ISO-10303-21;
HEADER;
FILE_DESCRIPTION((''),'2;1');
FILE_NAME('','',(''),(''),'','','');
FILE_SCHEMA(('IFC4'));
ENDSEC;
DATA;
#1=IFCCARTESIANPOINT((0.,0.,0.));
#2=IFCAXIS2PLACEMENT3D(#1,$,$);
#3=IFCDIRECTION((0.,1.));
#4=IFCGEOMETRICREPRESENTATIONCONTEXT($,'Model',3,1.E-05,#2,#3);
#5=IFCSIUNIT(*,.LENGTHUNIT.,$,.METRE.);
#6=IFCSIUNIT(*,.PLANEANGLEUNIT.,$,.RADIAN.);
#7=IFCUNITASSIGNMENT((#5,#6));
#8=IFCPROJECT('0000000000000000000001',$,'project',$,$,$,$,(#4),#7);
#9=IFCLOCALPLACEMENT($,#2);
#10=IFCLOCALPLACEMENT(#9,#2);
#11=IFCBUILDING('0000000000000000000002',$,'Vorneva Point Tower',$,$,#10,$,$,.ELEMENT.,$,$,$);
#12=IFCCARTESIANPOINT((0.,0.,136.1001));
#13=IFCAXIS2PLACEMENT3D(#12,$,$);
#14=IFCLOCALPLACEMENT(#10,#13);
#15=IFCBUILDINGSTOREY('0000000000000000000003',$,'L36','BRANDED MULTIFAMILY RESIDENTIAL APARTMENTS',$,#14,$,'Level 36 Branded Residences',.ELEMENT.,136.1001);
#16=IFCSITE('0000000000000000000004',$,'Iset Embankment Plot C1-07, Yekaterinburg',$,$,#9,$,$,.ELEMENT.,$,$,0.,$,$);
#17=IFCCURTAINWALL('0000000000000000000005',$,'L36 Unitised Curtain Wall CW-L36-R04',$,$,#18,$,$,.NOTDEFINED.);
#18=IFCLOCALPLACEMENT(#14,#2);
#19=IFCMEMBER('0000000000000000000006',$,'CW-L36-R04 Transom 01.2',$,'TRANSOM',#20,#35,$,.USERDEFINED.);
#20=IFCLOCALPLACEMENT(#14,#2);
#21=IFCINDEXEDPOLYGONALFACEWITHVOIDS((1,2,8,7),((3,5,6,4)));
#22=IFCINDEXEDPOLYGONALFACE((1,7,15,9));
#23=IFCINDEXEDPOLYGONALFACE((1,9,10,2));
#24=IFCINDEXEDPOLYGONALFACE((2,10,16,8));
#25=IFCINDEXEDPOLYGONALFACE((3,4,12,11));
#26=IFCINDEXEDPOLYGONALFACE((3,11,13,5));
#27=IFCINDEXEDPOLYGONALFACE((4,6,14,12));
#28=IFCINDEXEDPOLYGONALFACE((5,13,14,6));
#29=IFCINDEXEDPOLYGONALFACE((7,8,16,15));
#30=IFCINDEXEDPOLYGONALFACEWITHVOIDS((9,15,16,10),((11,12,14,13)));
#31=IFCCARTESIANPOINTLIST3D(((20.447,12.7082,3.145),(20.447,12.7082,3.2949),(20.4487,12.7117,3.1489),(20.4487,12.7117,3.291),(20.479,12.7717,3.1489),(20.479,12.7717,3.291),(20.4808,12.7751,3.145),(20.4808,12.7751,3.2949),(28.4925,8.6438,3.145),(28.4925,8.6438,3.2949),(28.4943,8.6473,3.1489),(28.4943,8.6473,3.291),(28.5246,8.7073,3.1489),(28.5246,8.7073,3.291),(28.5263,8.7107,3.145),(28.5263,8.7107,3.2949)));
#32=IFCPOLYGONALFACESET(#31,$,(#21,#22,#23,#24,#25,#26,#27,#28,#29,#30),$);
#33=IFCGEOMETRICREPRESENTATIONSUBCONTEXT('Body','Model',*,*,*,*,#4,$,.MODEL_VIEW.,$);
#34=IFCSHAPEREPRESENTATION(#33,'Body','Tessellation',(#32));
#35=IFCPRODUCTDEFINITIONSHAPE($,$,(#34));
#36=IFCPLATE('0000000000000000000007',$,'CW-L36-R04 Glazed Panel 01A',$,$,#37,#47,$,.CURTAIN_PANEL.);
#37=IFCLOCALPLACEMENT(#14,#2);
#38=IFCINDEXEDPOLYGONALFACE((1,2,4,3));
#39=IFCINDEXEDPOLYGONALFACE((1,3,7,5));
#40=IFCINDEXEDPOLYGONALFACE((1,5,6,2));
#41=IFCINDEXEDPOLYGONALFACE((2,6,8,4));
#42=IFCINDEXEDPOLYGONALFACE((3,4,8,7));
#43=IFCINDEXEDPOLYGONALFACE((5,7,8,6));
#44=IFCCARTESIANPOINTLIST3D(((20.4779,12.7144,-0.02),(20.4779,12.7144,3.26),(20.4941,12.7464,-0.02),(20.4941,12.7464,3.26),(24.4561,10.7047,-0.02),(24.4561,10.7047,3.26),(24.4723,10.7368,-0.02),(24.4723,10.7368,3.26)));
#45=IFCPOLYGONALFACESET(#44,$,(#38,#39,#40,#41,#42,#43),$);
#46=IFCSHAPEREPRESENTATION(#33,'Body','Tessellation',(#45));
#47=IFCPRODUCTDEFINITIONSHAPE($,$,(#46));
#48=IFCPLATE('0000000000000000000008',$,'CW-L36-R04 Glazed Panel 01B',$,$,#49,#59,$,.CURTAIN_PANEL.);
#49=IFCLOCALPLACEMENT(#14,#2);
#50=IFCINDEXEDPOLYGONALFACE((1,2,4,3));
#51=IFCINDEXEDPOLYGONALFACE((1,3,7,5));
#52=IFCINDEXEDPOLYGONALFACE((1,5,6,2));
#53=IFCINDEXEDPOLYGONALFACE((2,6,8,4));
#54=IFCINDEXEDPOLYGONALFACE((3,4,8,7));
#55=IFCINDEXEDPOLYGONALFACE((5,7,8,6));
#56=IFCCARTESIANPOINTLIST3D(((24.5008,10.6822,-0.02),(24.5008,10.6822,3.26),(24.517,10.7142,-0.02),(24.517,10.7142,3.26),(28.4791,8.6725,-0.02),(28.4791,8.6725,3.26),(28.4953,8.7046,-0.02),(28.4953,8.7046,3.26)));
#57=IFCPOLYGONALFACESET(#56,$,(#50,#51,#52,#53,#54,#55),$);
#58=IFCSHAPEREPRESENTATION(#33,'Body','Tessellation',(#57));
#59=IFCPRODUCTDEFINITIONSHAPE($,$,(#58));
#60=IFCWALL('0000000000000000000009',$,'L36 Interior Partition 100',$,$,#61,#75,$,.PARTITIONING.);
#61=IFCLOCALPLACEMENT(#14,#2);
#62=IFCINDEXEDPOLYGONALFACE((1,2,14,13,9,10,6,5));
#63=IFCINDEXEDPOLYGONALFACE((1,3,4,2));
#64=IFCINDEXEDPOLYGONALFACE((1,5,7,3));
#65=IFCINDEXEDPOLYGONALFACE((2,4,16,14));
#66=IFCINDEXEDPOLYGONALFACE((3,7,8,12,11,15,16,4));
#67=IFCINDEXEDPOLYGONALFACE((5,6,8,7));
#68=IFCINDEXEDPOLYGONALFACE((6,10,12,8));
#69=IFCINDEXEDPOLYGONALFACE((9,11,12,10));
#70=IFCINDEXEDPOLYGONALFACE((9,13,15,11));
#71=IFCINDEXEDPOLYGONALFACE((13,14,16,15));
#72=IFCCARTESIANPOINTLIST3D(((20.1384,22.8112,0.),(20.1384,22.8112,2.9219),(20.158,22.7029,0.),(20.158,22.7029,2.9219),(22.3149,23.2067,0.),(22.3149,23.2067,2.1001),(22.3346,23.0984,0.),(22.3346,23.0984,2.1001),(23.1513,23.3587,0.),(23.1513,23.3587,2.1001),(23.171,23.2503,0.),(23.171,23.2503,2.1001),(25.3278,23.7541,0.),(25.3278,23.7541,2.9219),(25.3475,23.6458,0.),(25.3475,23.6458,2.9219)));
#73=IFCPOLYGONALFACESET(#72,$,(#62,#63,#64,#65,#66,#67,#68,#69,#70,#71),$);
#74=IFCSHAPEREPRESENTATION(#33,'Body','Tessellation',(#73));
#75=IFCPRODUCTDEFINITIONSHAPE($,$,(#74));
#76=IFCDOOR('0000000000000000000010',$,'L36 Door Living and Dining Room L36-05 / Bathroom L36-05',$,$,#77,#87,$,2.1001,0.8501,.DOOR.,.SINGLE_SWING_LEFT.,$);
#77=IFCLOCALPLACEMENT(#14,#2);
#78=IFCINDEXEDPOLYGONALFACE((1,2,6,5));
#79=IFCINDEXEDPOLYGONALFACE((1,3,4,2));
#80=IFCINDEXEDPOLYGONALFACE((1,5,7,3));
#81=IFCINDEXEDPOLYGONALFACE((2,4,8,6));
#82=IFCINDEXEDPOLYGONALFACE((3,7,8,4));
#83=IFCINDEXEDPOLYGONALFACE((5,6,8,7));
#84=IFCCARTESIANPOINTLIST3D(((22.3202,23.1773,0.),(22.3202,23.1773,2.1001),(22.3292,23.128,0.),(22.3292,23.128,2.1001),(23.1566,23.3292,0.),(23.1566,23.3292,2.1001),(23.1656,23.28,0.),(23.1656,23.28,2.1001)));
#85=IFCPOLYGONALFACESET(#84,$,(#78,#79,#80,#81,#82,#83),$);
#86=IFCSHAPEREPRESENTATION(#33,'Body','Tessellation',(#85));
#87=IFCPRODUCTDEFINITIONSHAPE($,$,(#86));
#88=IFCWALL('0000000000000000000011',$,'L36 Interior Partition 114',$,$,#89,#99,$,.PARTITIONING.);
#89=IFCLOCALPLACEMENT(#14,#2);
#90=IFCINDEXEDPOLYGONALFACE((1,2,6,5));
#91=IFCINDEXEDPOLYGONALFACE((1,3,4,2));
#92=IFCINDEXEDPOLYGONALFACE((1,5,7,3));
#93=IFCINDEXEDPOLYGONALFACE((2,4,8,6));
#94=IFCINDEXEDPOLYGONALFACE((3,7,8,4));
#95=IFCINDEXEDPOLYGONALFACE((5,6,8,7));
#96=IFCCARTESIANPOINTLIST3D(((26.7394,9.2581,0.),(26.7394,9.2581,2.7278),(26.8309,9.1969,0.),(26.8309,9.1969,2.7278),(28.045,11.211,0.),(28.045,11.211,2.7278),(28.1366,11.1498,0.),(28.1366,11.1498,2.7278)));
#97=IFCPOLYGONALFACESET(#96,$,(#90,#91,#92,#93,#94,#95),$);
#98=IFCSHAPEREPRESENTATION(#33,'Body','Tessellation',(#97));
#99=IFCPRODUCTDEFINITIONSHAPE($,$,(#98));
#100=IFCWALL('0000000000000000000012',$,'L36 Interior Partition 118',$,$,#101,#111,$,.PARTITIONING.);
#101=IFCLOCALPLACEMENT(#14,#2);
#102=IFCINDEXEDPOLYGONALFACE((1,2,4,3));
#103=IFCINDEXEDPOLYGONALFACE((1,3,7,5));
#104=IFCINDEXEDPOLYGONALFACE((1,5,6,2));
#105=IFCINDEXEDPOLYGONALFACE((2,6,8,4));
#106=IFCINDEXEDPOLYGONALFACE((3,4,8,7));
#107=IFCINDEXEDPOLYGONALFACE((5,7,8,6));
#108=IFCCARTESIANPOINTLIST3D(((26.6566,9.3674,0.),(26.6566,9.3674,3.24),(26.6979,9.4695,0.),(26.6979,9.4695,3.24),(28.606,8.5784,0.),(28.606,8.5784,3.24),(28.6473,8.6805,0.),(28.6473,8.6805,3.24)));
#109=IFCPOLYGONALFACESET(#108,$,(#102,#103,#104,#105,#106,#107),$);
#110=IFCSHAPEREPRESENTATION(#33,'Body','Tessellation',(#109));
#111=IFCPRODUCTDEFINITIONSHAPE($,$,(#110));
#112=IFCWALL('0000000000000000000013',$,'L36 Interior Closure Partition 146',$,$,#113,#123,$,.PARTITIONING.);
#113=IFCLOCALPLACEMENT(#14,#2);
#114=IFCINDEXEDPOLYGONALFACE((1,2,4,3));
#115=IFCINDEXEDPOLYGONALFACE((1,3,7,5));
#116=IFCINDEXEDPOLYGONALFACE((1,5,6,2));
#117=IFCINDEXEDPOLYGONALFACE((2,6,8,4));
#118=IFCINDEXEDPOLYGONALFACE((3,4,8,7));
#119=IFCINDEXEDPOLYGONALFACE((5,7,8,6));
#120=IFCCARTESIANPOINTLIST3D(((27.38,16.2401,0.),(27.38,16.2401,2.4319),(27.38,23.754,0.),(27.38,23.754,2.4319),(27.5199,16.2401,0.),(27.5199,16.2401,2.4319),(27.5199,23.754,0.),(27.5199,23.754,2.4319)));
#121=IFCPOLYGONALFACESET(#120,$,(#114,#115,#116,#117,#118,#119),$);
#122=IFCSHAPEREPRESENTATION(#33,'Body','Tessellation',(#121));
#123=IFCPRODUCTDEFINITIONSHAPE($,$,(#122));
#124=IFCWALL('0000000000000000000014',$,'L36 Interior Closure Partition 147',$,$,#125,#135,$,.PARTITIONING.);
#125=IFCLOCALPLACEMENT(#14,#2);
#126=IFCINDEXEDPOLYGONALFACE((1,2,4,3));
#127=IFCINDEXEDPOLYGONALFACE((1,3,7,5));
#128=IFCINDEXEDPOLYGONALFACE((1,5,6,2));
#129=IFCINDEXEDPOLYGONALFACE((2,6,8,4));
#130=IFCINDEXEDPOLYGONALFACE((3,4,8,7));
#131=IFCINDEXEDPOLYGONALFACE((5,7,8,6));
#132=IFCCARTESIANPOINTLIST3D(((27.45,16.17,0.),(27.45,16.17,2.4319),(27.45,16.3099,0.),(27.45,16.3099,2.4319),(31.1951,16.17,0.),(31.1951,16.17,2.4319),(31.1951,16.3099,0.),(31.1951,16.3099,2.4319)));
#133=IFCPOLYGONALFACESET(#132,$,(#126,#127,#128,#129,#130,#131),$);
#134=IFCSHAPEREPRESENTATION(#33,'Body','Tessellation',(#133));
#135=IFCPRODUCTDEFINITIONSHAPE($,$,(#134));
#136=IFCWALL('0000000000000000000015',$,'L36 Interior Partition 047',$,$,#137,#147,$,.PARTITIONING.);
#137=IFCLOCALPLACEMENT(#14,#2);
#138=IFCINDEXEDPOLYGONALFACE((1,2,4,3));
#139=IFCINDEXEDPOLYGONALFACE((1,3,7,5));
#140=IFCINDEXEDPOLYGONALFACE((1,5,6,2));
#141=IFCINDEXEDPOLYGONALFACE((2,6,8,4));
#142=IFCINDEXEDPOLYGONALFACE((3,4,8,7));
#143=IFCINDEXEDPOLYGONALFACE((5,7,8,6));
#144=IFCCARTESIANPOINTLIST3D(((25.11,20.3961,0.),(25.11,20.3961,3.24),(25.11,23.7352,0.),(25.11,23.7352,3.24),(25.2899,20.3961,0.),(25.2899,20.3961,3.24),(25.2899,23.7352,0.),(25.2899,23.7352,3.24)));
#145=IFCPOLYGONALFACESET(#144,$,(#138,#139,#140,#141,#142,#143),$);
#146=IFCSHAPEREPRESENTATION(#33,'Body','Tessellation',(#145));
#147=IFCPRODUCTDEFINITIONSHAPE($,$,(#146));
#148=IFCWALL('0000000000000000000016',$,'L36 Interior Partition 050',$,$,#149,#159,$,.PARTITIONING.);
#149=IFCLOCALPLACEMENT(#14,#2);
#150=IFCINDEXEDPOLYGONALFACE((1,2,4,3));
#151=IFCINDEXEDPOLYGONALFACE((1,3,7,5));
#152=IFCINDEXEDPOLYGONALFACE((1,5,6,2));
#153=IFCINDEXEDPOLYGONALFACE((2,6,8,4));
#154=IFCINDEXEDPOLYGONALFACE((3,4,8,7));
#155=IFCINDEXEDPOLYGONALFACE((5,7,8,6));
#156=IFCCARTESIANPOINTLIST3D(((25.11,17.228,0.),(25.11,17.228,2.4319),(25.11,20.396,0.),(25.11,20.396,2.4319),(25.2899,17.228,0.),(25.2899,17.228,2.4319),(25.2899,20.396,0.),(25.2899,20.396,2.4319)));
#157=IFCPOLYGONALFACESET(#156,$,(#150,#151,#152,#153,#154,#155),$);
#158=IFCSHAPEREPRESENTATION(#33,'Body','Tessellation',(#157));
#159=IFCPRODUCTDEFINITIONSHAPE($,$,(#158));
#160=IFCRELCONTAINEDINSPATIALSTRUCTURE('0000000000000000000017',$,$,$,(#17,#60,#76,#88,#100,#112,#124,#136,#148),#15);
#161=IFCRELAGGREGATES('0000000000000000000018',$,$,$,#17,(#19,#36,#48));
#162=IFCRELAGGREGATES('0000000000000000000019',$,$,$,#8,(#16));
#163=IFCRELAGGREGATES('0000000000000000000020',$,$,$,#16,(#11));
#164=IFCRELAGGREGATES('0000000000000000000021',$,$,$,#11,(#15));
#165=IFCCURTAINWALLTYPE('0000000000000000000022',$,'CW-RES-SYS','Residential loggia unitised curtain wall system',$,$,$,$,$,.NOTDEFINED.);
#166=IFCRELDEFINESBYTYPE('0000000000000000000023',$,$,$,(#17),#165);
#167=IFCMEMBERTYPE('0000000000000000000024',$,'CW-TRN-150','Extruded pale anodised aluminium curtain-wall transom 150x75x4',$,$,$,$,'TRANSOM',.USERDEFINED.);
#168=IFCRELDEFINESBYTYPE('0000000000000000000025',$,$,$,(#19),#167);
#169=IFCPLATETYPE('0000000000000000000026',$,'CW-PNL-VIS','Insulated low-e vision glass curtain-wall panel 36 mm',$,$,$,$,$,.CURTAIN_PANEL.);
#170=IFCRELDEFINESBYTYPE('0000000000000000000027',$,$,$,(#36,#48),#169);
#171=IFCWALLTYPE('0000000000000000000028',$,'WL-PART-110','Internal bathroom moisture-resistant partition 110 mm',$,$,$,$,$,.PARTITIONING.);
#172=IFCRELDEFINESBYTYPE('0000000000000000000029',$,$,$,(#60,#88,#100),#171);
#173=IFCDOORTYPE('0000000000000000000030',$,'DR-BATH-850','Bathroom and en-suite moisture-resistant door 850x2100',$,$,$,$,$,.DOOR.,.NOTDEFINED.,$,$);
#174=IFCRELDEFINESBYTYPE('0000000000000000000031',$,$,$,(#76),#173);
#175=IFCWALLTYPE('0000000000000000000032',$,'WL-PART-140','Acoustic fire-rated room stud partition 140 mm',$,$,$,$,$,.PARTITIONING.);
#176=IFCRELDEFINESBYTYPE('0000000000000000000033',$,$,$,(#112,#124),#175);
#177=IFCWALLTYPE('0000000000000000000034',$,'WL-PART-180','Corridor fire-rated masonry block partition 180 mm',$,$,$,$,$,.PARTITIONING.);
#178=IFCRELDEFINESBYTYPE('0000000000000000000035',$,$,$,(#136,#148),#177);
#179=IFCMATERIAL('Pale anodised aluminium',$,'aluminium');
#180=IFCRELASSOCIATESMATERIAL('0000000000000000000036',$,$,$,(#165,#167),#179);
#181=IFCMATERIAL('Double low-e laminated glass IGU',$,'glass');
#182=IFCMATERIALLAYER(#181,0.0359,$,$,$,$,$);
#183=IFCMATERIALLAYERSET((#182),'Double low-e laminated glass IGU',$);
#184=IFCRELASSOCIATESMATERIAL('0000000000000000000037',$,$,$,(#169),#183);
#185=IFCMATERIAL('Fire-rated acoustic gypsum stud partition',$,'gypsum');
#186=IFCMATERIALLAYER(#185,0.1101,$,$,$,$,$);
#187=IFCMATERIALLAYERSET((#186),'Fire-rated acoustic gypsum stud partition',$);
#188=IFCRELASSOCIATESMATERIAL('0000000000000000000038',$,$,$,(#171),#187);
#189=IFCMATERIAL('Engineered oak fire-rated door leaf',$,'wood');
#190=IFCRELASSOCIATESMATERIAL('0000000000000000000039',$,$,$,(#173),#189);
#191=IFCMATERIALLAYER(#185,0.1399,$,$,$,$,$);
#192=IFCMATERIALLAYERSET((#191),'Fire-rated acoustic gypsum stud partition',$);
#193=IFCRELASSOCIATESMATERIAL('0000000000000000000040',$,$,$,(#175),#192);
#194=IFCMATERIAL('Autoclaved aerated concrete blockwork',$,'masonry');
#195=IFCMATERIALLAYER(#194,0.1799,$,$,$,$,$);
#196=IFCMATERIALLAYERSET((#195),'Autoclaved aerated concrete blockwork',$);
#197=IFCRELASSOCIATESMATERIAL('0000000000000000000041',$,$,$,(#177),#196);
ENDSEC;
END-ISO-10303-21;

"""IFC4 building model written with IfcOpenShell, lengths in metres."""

from ifc_helpers import new_model, si_unit, direction, frame, frame_2d, origin, origin_2d, place, context, subcontext, project, spatial, rectangle, hollow_rectangle, extrude, material, layer, layer_set, material_profile, profile_set, type_object, element, fill, aggregate, save


model = new_model("IFC4")

# Units and contexts
model_context = context("Model", 3, precision=1e-05, world=origin(), true_north=direction((0.0, 1.0)))
body_context = subcontext(model_context, "Body", "Model", "MODEL_VIEW")
ifc_project = project(units=[si_unit("LENGTHUNIT", "METRE"), si_unit("PLANEANGLEUNIT", "RADIAN")], contexts=[model_context])

# Site, building, storey
site_placement = place(None, origin())
site = spatial("IfcSite", under=ifc_project, at=site_placement, Name="Iset Embankment Plot C1-07, Yekaterinburg", CompositionType="ELEMENT", RefElevation=0.0)
building_placement = place(site_placement, origin())
building = spatial("IfcBuilding", under=site, at=building_placement, Name="Vorneva Point Tower", CompositionType="ELEMENT")
storey_placement = place(building_placement, frame((0.0, 0.0, 136.1001)))
storey = spatial("IfcBuildingStorey", under=building, at=storey_placement, Name="L36", Description="BRANDED MULTIFAMILY RESIDENTIAL APARTMENTS", LongName="Level 36 Branded Residences", CompositionType="ELEMENT", Elevation=136.1001)

# Curtain wall, member, plates
ifc_material_1 = material(Name="Pale anodised aluminium", Category="aluminium")
curtain_wall_type = type_object("IfcCurtainWallType", Name="CW-RES-SYS", Description="Residential loggia unitised curtain wall system", PredefinedType="NOTDEFINED", material=ifc_material_1)
curtain_wall_placement = place(storey_placement, origin())
curtain_wall = element("IfcCurtainWall", 1, at=curtain_wall_placement, inside=storey, type_object=curtain_wall_type, Name="L36 Unitised Curtain Wall CW-L36-R04", PredefinedType="NOTDEFINED")
ifc_material_profile_1 = material_profile(ifc_material_1, hollow_rectangle(XDim=0.075, YDim=0.1499, WallThickness=0.0039, at=origin_2d()), Name="AL-TRN 150x75x4")
ifc_profile_set_1 = profile_set([ifc_material_profile_1], Name="Pale anodised aluminium")
member_type = type_object("IfcMemberType", Name="CW-TRN-150", Description="Extruded pale anodised aluminium curtain-wall transom 150x75x4", ElementType="TRANSOM", PredefinedType="USERDEFINED", material=ifc_profile_set_1)
member_1_placement = place(storey_placement, frame((20.4639, 12.7417, 3.22), z_axis=(0.892572, -0.450904, 0.0), x_axis=(0.450904, 0.892572, 0.0)))
member_1 = element("IfcMember", 2, at=member_1_placement, type_object=member_type, Name="CW-L36-R04 Transom 01.2", ObjectType="TRANSOM", PredefinedType="USERDEFINED", context=body_context, shape_type="SweptSolid", body=[
    extrude(hollow_rectangle(XDim=0.075, YDim=0.1499, WallThickness=0.0039, at=origin_2d()), origin(), (0.0, 0.0, 1.0), 9.0139),
])
ifc_material_2 = material(Name="Double low-e laminated glass IGU", Category="glass")
ifc_layer_1 = layer(ifc_material_2, 0.0359)
ifc_layer_set_1 = layer_set([ifc_layer_1], Name="Double low-e laminated glass IGU")
plate_type = type_object("IfcPlateType", Name="CW-PNL-VIS", Description="Insulated low-e vision glass curtain-wall panel 36 mm", PredefinedType="CURTAIN_PANEL", material=ifc_layer_set_1)
plate_1_placement = place(storey_placement, frame((22.4751, 11.7256, -0.02), z_axis=(0.0, 0.0, 1.0), x_axis=(0.892578, -0.450893, 0.0)))
plate_1 = element("IfcPlate", 3, at=plate_1_placement, type_object=plate_type, Name="CW-L36-R04 Glazed Panel 01A", PredefinedType="CURTAIN_PANEL", context=body_context, shape_type="SweptSolid", body=[
    extrude(rectangle(XDim=4.457, YDim=0.0359, at=origin_2d()), origin(), (0.0, 0.0, 1.0), 3.28),
])
plate_2_placement = place(storey_placement, frame((26.498, 9.6934, -0.02), z_axis=(0.0, 0.0, 1.0), x_axis=(0.892578, -0.450893, 0.0)))
plate_2 = element("IfcPlate", 4, at=plate_2_placement, type_object=plate_type, Name="CW-L36-R04 Glazed Panel 01B", PredefinedType="CURTAIN_PANEL", context=body_context, shape_type="SweptSolid", body=[
    extrude(rectangle(XDim=4.457, YDim=0.0359, at=origin_2d()), origin(), (0.0, 0.0, 1.0), 3.28),
])
aggregate(curtain_wall, [member_1, plate_1, plate_2])

# Wall, opening, door
ifc_material_3 = material(Name="Fire-rated acoustic gypsum stud partition", Category="gypsum")
ifc_layer_2 = layer(ifc_material_3, 0.1101)
ifc_layer_set_2 = layer_set([ifc_layer_2], Name="Fire-rated acoustic gypsum stud partition")
wall_type_1 = type_object("IfcWallType", Name="WL-PART-110", Description="Internal bathroom moisture-resistant partition 110 mm", PredefinedType="PARTITIONING", material=ifc_layer_set_2)
wall_1_placement = place(storey_placement, frame((25.3376, 23.7, 0.0), z_axis=(0.0, 0.0, 1.0), x_axis=(-0.983892, -0.178763, 0.0)))
wall_1 = element("IfcWall", 5, at=wall_1_placement, inside=storey, type_object=wall_type_1, Name="L36 Interior Partition 100", PredefinedType="PARTITIONING", context=body_context, shape_type="SweptSolid", body=[
    extrude(rectangle(XDim=5.2744, YDim=0.1101, at=frame_2d((2.6372, 0.0))), origin(), (0.0, 0.0, 1.0), 2.9219),
])
opening_1_placement = place(wall_1_placement, frame((2.2122, 0.0, 0.0)))
opening_1 = element("IfcOpeningElement", 6, at=opening_1_placement, cuts=wall_1, PredefinedType="OPENING", context=body_context, shape_type="SweptSolid", body=[
    extrude(rectangle(XDim=0.8501, YDim=2.1001, at=frame_2d((0.425, 1.05))), frame((0.0, 0.0698, 0.0), z_axis=(0.0, -1.0, 0.0), x_axis=(1.0, 0.0, 0.0)), (0.0, 0.0, 1.0), 0.1399),
])
ifc_material_4 = material(Name="Engineered oak fire-rated door leaf", Category="wood")
door_type = type_object("IfcDoorType", Name="DR-BATH-850", Description="Bathroom and en-suite moisture-resistant door 850x2100", OperationType="NOTDEFINED", PredefinedType="DOOR", material=ifc_material_4)
door_1_placement = place(opening_1_placement, origin())
door_1 = element("IfcDoor", 7, at=door_1_placement, inside=storey, type_object=door_type, Name="L36 Door Living and Dining Room L36-05 / Bathroom L36-05", OperationType="SINGLE_SWING_LEFT", OverallHeight=2.1001, OverallWidth=0.8501, PredefinedType="DOOR", context=body_context, shape_type="SweptSolid", body=[
    extrude(rectangle(XDim=0.8501, YDim=2.1001, at=frame_2d((0.425, 1.05))), frame((0.0, 0.0249, 0.0), z_axis=(0.0, -1.0, 0.0), x_axis=(1.0, 0.0, 0.0)), (0.0, 0.0, 1.0), 0.05),
])
fill(opening_1, door_1)

# Walls
wall_2_placement = place(storey_placement, frame((26.7852, 9.2275, 0.0), z_axis=(0.0, 0.0, 1.0), x_axis=(0.555803, 0.831314, 0.0)))
element("IfcWall", 8, at=wall_2_placement, inside=storey, type_object=wall_type_1, Name="L36 Interior Partition 114", PredefinedType="PARTITIONING", context=body_context, shape_type="SweptSolid", body=[
    extrude(rectangle(XDim=2.3491, YDim=0.1101, at=frame_2d((1.1746, 0.0))), origin(), (0.0, 0.0, 1.0), 2.7278),
])
wall_3_placement = place(storey_placement, frame((26.6772, 9.4185, 0.0), z_axis=(0.0, 0.0, 1.0), x_axis=(0.926948, -0.37519, 0.0)))
element("IfcWall", 9, at=wall_3_placement, inside=storey, type_object=wall_type_1, Name="L36 Interior Partition 118", PredefinedType="PARTITIONING", context=body_context, shape_type="SweptSolid", body=[
    extrude(rectangle(XDim=2.103, YDim=0.1101, at=frame_2d((1.0515, 0.0))), origin(), (0.0, 0.0, 1.0), 3.24),
])
ifc_layer_3 = layer(ifc_material_3, 0.1399)
ifc_layer_set_3 = layer_set([ifc_layer_3], Name="Fire-rated acoustic gypsum stud partition")
wall_type_2 = type_object("IfcWallType", Name="WL-PART-140", Description="Acoustic fire-rated room stud partition 140 mm", PredefinedType="PARTITIONING", material=ifc_layer_set_3)
wall_4_placement = place(storey_placement, frame((27.45, 23.7539, 0.0), z_axis=(0.0, 0.0, 1.0), x_axis=(0.0, -1.0, 0.0)))
element("IfcWall", 10, at=wall_4_placement, inside=storey, type_object=wall_type_2, Name="L36 Interior Closure Partition 146", PredefinedType="PARTITIONING", context=body_context, shape_type="SweptSolid", body=[
    extrude(rectangle(XDim=7.5139, YDim=0.1399, at=frame_2d((3.7568, 0.0))), origin(), (0.0, 0.0, 1.0), 2.4319),
])
wall_5_placement = place(storey_placement, frame((27.45, 16.24, 0.0), z_axis=(0.0, 0.0, 1.0), x_axis=(1.0, 0.0, 0.0)))
element("IfcWall", 11, at=wall_5_placement, inside=storey, type_object=wall_type_2, Name="L36 Interior Closure Partition 147", PredefinedType="PARTITIONING", context=body_context, shape_type="SweptSolid", body=[
    extrude(rectangle(XDim=3.7451, YDim=0.1399, at=frame_2d((1.8726, 0.0))), origin(), (0.0, 0.0, 1.0), 2.4319),
])
ifc_material_5 = material(Name="Autoclaved aerated concrete blockwork", Category="masonry")
ifc_layer_4 = layer(ifc_material_5, 0.1799)
ifc_layer_set_4 = layer_set([ifc_layer_4], Name="Autoclaved aerated concrete blockwork")
wall_type_3 = type_object("IfcWallType", Name="WL-PART-180", Description="Corridor fire-rated masonry block partition 180 mm", PredefinedType="PARTITIONING", material=ifc_layer_set_4)
wall_6_placement = place(storey_placement, frame((25.2, 23.7351, 0.0), z_axis=(0.0, 0.0, 1.0), x_axis=(0.0, -1.0, 0.0)))
element("IfcWall", 12, at=wall_6_placement, inside=storey, type_object=wall_type_3, Name="L36 Interior Partition 047", PredefinedType="PARTITIONING", context=body_context, shape_type="SweptSolid", body=[
    extrude(rectangle(XDim=3.3391, YDim=0.1799, at=frame_2d((1.6694, 0.0))), origin(), (0.0, 0.0, 1.0), 3.24),
])
wall_7_placement = place(storey_placement, frame((25.2, 20.396, 0.0), z_axis=(0.0, 0.0, 1.0), x_axis=(0.0, -1.0, 0.0)))
element("IfcWall", 13, at=wall_7_placement, inside=storey, type_object=wall_type_3, Name="L36 Interior Partition 050", PredefinedType="PARTITIONING", context=body_context, shape_type="SweptSolid", body=[
    extrude(rectangle(XDim=3.168, YDim=0.1799, at=frame_2d((1.584, 0.0))), origin(), (0.0, 0.0, 1.0), 2.4319),
])

save(model, "model.ifc")
